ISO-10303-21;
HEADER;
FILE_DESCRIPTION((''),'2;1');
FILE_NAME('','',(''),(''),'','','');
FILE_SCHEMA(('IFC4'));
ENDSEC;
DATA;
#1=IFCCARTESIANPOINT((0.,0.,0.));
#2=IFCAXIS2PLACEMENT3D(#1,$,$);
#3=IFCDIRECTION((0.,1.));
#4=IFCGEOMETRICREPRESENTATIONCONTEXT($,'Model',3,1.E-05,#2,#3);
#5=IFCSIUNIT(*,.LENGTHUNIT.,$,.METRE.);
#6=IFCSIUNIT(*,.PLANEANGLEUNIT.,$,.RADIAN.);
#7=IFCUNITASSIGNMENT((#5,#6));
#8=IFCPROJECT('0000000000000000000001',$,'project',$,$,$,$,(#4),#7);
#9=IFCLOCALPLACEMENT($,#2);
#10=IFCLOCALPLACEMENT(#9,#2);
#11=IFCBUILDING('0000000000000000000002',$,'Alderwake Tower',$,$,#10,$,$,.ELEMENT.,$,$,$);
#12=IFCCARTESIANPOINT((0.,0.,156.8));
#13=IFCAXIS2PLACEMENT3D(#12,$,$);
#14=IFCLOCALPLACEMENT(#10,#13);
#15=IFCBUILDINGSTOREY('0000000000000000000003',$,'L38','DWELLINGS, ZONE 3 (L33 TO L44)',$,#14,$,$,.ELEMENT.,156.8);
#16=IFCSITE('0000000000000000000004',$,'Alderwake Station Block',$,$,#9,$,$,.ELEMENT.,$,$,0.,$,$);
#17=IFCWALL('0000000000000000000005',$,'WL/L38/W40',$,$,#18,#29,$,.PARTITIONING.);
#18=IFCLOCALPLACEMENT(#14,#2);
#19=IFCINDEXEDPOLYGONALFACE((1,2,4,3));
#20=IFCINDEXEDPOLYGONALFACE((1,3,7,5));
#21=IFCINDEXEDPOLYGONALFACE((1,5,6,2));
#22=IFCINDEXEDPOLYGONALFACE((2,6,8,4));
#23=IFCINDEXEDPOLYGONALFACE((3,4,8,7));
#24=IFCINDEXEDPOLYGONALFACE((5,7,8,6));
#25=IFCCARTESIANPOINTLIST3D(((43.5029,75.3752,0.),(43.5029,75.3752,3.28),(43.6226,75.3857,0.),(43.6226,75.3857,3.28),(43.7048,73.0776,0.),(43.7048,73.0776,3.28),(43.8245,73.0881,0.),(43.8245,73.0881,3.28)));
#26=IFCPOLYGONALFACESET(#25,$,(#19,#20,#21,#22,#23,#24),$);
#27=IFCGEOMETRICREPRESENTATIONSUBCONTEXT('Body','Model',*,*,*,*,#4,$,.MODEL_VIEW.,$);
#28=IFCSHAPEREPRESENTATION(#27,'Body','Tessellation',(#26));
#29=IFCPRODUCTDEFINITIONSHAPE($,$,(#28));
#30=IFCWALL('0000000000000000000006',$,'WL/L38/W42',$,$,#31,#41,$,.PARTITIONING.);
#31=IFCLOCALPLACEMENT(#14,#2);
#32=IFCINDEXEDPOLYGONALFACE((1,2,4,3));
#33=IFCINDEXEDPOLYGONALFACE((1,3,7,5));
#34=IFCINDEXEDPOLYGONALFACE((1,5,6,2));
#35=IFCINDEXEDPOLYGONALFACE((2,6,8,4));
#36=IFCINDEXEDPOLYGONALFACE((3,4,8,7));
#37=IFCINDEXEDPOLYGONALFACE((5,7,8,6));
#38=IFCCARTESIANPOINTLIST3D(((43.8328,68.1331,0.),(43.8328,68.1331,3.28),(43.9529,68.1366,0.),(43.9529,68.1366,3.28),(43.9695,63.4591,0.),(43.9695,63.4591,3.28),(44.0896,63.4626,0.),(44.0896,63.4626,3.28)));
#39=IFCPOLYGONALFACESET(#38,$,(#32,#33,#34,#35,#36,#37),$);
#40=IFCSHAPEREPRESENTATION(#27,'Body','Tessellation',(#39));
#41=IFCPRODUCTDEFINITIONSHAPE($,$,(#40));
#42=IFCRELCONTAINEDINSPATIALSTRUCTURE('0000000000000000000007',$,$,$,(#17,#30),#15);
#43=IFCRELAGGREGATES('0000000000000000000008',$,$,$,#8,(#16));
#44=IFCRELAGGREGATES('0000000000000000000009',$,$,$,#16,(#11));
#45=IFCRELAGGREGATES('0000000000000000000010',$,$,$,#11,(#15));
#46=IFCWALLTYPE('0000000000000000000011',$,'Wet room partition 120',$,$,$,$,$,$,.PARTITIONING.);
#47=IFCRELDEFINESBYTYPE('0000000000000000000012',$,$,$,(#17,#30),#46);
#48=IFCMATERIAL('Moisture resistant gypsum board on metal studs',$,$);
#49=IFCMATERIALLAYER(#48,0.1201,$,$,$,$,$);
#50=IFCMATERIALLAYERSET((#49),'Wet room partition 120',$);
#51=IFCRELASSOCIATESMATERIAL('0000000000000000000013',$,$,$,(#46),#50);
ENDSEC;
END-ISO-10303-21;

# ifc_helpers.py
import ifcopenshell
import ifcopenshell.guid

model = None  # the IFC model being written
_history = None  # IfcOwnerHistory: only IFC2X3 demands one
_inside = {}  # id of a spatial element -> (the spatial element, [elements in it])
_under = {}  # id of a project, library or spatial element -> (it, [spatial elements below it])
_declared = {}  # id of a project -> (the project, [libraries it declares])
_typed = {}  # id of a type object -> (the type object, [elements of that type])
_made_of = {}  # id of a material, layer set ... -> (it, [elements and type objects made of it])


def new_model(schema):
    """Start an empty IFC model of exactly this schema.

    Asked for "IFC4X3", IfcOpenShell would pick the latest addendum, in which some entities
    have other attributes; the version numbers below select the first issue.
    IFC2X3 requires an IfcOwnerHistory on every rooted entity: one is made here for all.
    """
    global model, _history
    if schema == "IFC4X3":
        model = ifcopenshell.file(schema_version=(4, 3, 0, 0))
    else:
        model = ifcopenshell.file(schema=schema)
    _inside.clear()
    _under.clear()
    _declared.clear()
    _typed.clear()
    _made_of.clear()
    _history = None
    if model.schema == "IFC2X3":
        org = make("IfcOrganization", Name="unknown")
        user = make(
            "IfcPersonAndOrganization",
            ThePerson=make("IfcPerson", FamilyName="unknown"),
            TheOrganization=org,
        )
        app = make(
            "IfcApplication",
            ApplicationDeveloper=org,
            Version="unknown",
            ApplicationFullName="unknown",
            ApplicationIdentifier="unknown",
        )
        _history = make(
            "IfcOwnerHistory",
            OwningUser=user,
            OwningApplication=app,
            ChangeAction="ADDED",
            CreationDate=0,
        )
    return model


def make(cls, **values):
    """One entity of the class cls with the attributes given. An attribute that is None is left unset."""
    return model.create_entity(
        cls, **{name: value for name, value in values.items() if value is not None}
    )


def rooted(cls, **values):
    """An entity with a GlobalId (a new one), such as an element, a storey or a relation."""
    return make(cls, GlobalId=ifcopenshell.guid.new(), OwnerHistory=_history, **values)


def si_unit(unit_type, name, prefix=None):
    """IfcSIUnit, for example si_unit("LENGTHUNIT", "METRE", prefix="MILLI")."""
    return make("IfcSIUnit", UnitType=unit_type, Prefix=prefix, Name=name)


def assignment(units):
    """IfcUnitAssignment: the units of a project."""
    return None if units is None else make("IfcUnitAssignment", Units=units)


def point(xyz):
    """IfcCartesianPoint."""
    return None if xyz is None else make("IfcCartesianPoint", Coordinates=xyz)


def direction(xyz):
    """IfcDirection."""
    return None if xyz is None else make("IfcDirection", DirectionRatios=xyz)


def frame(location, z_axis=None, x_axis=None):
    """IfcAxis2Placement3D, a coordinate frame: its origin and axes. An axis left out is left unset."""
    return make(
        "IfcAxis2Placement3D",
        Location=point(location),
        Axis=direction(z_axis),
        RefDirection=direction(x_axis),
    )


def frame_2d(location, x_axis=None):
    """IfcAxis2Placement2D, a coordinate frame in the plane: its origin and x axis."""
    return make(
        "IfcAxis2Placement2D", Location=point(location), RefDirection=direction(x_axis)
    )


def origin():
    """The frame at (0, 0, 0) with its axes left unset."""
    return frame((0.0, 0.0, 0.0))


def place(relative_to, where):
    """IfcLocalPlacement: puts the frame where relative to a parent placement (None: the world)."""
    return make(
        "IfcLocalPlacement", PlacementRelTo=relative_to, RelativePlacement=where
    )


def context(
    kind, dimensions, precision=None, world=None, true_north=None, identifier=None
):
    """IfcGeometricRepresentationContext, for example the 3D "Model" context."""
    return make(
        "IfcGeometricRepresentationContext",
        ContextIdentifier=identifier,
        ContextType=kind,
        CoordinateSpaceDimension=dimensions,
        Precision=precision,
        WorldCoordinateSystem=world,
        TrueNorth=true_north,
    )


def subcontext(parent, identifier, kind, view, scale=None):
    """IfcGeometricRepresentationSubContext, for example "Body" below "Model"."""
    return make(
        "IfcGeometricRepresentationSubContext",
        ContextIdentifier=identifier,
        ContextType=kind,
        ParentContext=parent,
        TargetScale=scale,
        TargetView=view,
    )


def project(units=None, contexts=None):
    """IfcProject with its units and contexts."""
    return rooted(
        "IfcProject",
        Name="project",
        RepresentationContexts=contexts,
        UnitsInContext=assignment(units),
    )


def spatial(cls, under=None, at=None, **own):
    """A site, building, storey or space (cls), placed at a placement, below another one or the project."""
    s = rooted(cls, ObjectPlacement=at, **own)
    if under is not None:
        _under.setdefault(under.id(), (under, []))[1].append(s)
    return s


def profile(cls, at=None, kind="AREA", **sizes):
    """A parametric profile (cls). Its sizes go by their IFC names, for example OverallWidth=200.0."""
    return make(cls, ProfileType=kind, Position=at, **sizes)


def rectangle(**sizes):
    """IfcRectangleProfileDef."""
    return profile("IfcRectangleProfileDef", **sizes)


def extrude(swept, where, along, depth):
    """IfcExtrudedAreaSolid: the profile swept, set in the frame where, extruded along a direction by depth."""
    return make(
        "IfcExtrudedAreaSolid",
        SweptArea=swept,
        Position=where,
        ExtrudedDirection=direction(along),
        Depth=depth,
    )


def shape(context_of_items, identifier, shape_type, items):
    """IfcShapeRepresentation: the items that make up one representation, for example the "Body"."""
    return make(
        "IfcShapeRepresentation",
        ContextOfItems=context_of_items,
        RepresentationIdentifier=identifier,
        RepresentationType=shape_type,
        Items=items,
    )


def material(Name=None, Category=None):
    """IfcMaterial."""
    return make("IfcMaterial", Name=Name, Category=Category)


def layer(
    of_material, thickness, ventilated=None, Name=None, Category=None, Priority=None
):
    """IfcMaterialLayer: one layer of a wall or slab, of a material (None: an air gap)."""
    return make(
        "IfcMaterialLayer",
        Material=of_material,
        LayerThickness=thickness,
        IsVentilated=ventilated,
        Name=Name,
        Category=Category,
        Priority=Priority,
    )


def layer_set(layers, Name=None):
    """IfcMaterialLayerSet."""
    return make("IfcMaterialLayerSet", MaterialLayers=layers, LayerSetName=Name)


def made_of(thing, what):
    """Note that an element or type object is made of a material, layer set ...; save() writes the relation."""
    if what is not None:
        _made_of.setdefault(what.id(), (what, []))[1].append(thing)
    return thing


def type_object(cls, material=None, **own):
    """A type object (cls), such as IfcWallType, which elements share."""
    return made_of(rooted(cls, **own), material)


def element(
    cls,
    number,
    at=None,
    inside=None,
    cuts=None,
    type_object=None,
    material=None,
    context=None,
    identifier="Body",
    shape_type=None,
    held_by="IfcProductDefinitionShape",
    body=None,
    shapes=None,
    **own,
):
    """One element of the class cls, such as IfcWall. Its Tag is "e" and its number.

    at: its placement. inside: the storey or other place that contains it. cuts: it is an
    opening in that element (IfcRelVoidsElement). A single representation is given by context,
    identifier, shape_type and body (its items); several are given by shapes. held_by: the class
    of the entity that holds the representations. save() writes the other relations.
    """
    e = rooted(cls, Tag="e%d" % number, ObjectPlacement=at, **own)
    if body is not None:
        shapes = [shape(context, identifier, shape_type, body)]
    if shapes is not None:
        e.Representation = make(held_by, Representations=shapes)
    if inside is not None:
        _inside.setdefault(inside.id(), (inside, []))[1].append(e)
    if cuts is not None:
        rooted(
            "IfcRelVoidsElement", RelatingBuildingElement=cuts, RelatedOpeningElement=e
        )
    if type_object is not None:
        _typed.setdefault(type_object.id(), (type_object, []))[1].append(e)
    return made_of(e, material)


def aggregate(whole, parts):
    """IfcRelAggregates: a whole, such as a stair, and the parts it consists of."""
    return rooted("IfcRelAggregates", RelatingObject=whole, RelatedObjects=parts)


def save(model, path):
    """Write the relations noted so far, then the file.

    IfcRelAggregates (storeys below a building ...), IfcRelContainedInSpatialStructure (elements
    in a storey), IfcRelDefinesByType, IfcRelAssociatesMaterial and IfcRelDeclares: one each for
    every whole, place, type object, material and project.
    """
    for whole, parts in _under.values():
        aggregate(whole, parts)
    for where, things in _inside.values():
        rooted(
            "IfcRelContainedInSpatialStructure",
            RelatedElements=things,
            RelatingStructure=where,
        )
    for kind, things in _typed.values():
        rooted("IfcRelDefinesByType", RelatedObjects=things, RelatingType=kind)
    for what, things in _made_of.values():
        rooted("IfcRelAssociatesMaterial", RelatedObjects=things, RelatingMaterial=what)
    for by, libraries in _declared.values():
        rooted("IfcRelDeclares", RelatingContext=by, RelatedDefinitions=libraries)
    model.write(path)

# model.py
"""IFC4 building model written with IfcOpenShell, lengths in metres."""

from ifc_helpers import new_model, si_unit, direction, frame, frame_2d, origin, place, context, subcontext, project, spatial, rectangle, extrude, material, layer, layer_set, type_object, element, save


model = new_model("IFC4")

# Units and contexts
model_context = context("Model", 3, precision=1e-05, world=origin(), true_north=direction((0.0, 1.0)))
body_context = subcontext(model_context, "Body", "Model", "MODEL_VIEW")
ifc_project = project(units=[si_unit("LENGTHUNIT", "METRE"), si_unit("PLANEANGLEUNIT", "RADIAN")], contexts=[model_context])

# Site, building, storey
site_placement = place(None, origin())
site = spatial("IfcSite", under=ifc_project, at=site_placement, Name="Alderwake Station Block", CompositionType="ELEMENT", RefElevation=0.0)
building_placement = place(site_placement, origin())
building = spatial("IfcBuilding", under=site, at=building_placement, Name="Alderwake Tower", CompositionType="ELEMENT")
storey_placement = place(building_placement, frame((0.0, 0.0, 156.8)))
storey = spatial("IfcBuildingStorey", under=building, at=storey_placement, Name="L38", Description="DWELLINGS, ZONE 3 (L33 TO L44)", CompositionType="ELEMENT", Elevation=156.8)

# Shared definitions
ifc_material_1 = material(Name="Moisture resistant gypsum board on metal studs")
ifc_layer_1 = layer(ifc_material_1, 0.1201)
ifc_layer_set_1 = layer_set([ifc_layer_1], Name="Wet room partition 120")
wall_type_1 = type_object("IfcWallType", Name="Wet room partition 120", PredefinedType="PARTITIONING", material=ifc_layer_set_1)

# Walls
wall_1_placement = place(storey_placement, frame((43.7646, 73.0828, 0.0), z_axis=(0.0, 0.0, 1.0), x_axis=(-0.087539, 0.996161, 0.0)))
element("IfcWall", 1, at=wall_1_placement, inside=storey, type_object=wall_type_1, Name="WL/L38/W40", PredefinedType="PARTITIONING", context=body_context, shape_type="SweptSolid", body=[
    extrude(rectangle(XDim=2.3064, YDim=0.1201, at=frame_2d((1.1533, 0.0))), origin(), (0.0, 0.0, 1.0), 3.28),
])
wall_2_placement = place(storey_placement, frame((44.0295, 63.4609, 0.0), z_axis=(0.0, 0.0, 1.0), x_axis=(-0.029238, 0.999572, 0.0)))
element("IfcWall", 2, at=wall_2_placement, inside=storey, type_object=wall_type_1, Name="WL/L38/W42", PredefinedType="PARTITIONING", context=body_context, shape_type="SweptSolid", body=[
    extrude(rectangle(XDim=4.676, YDim=0.1201, at=frame_2d((2.3379, 0.0))), origin(), (0.0, 0.0, 1.0), 3.28),
])

save(model, "model.ifc")
